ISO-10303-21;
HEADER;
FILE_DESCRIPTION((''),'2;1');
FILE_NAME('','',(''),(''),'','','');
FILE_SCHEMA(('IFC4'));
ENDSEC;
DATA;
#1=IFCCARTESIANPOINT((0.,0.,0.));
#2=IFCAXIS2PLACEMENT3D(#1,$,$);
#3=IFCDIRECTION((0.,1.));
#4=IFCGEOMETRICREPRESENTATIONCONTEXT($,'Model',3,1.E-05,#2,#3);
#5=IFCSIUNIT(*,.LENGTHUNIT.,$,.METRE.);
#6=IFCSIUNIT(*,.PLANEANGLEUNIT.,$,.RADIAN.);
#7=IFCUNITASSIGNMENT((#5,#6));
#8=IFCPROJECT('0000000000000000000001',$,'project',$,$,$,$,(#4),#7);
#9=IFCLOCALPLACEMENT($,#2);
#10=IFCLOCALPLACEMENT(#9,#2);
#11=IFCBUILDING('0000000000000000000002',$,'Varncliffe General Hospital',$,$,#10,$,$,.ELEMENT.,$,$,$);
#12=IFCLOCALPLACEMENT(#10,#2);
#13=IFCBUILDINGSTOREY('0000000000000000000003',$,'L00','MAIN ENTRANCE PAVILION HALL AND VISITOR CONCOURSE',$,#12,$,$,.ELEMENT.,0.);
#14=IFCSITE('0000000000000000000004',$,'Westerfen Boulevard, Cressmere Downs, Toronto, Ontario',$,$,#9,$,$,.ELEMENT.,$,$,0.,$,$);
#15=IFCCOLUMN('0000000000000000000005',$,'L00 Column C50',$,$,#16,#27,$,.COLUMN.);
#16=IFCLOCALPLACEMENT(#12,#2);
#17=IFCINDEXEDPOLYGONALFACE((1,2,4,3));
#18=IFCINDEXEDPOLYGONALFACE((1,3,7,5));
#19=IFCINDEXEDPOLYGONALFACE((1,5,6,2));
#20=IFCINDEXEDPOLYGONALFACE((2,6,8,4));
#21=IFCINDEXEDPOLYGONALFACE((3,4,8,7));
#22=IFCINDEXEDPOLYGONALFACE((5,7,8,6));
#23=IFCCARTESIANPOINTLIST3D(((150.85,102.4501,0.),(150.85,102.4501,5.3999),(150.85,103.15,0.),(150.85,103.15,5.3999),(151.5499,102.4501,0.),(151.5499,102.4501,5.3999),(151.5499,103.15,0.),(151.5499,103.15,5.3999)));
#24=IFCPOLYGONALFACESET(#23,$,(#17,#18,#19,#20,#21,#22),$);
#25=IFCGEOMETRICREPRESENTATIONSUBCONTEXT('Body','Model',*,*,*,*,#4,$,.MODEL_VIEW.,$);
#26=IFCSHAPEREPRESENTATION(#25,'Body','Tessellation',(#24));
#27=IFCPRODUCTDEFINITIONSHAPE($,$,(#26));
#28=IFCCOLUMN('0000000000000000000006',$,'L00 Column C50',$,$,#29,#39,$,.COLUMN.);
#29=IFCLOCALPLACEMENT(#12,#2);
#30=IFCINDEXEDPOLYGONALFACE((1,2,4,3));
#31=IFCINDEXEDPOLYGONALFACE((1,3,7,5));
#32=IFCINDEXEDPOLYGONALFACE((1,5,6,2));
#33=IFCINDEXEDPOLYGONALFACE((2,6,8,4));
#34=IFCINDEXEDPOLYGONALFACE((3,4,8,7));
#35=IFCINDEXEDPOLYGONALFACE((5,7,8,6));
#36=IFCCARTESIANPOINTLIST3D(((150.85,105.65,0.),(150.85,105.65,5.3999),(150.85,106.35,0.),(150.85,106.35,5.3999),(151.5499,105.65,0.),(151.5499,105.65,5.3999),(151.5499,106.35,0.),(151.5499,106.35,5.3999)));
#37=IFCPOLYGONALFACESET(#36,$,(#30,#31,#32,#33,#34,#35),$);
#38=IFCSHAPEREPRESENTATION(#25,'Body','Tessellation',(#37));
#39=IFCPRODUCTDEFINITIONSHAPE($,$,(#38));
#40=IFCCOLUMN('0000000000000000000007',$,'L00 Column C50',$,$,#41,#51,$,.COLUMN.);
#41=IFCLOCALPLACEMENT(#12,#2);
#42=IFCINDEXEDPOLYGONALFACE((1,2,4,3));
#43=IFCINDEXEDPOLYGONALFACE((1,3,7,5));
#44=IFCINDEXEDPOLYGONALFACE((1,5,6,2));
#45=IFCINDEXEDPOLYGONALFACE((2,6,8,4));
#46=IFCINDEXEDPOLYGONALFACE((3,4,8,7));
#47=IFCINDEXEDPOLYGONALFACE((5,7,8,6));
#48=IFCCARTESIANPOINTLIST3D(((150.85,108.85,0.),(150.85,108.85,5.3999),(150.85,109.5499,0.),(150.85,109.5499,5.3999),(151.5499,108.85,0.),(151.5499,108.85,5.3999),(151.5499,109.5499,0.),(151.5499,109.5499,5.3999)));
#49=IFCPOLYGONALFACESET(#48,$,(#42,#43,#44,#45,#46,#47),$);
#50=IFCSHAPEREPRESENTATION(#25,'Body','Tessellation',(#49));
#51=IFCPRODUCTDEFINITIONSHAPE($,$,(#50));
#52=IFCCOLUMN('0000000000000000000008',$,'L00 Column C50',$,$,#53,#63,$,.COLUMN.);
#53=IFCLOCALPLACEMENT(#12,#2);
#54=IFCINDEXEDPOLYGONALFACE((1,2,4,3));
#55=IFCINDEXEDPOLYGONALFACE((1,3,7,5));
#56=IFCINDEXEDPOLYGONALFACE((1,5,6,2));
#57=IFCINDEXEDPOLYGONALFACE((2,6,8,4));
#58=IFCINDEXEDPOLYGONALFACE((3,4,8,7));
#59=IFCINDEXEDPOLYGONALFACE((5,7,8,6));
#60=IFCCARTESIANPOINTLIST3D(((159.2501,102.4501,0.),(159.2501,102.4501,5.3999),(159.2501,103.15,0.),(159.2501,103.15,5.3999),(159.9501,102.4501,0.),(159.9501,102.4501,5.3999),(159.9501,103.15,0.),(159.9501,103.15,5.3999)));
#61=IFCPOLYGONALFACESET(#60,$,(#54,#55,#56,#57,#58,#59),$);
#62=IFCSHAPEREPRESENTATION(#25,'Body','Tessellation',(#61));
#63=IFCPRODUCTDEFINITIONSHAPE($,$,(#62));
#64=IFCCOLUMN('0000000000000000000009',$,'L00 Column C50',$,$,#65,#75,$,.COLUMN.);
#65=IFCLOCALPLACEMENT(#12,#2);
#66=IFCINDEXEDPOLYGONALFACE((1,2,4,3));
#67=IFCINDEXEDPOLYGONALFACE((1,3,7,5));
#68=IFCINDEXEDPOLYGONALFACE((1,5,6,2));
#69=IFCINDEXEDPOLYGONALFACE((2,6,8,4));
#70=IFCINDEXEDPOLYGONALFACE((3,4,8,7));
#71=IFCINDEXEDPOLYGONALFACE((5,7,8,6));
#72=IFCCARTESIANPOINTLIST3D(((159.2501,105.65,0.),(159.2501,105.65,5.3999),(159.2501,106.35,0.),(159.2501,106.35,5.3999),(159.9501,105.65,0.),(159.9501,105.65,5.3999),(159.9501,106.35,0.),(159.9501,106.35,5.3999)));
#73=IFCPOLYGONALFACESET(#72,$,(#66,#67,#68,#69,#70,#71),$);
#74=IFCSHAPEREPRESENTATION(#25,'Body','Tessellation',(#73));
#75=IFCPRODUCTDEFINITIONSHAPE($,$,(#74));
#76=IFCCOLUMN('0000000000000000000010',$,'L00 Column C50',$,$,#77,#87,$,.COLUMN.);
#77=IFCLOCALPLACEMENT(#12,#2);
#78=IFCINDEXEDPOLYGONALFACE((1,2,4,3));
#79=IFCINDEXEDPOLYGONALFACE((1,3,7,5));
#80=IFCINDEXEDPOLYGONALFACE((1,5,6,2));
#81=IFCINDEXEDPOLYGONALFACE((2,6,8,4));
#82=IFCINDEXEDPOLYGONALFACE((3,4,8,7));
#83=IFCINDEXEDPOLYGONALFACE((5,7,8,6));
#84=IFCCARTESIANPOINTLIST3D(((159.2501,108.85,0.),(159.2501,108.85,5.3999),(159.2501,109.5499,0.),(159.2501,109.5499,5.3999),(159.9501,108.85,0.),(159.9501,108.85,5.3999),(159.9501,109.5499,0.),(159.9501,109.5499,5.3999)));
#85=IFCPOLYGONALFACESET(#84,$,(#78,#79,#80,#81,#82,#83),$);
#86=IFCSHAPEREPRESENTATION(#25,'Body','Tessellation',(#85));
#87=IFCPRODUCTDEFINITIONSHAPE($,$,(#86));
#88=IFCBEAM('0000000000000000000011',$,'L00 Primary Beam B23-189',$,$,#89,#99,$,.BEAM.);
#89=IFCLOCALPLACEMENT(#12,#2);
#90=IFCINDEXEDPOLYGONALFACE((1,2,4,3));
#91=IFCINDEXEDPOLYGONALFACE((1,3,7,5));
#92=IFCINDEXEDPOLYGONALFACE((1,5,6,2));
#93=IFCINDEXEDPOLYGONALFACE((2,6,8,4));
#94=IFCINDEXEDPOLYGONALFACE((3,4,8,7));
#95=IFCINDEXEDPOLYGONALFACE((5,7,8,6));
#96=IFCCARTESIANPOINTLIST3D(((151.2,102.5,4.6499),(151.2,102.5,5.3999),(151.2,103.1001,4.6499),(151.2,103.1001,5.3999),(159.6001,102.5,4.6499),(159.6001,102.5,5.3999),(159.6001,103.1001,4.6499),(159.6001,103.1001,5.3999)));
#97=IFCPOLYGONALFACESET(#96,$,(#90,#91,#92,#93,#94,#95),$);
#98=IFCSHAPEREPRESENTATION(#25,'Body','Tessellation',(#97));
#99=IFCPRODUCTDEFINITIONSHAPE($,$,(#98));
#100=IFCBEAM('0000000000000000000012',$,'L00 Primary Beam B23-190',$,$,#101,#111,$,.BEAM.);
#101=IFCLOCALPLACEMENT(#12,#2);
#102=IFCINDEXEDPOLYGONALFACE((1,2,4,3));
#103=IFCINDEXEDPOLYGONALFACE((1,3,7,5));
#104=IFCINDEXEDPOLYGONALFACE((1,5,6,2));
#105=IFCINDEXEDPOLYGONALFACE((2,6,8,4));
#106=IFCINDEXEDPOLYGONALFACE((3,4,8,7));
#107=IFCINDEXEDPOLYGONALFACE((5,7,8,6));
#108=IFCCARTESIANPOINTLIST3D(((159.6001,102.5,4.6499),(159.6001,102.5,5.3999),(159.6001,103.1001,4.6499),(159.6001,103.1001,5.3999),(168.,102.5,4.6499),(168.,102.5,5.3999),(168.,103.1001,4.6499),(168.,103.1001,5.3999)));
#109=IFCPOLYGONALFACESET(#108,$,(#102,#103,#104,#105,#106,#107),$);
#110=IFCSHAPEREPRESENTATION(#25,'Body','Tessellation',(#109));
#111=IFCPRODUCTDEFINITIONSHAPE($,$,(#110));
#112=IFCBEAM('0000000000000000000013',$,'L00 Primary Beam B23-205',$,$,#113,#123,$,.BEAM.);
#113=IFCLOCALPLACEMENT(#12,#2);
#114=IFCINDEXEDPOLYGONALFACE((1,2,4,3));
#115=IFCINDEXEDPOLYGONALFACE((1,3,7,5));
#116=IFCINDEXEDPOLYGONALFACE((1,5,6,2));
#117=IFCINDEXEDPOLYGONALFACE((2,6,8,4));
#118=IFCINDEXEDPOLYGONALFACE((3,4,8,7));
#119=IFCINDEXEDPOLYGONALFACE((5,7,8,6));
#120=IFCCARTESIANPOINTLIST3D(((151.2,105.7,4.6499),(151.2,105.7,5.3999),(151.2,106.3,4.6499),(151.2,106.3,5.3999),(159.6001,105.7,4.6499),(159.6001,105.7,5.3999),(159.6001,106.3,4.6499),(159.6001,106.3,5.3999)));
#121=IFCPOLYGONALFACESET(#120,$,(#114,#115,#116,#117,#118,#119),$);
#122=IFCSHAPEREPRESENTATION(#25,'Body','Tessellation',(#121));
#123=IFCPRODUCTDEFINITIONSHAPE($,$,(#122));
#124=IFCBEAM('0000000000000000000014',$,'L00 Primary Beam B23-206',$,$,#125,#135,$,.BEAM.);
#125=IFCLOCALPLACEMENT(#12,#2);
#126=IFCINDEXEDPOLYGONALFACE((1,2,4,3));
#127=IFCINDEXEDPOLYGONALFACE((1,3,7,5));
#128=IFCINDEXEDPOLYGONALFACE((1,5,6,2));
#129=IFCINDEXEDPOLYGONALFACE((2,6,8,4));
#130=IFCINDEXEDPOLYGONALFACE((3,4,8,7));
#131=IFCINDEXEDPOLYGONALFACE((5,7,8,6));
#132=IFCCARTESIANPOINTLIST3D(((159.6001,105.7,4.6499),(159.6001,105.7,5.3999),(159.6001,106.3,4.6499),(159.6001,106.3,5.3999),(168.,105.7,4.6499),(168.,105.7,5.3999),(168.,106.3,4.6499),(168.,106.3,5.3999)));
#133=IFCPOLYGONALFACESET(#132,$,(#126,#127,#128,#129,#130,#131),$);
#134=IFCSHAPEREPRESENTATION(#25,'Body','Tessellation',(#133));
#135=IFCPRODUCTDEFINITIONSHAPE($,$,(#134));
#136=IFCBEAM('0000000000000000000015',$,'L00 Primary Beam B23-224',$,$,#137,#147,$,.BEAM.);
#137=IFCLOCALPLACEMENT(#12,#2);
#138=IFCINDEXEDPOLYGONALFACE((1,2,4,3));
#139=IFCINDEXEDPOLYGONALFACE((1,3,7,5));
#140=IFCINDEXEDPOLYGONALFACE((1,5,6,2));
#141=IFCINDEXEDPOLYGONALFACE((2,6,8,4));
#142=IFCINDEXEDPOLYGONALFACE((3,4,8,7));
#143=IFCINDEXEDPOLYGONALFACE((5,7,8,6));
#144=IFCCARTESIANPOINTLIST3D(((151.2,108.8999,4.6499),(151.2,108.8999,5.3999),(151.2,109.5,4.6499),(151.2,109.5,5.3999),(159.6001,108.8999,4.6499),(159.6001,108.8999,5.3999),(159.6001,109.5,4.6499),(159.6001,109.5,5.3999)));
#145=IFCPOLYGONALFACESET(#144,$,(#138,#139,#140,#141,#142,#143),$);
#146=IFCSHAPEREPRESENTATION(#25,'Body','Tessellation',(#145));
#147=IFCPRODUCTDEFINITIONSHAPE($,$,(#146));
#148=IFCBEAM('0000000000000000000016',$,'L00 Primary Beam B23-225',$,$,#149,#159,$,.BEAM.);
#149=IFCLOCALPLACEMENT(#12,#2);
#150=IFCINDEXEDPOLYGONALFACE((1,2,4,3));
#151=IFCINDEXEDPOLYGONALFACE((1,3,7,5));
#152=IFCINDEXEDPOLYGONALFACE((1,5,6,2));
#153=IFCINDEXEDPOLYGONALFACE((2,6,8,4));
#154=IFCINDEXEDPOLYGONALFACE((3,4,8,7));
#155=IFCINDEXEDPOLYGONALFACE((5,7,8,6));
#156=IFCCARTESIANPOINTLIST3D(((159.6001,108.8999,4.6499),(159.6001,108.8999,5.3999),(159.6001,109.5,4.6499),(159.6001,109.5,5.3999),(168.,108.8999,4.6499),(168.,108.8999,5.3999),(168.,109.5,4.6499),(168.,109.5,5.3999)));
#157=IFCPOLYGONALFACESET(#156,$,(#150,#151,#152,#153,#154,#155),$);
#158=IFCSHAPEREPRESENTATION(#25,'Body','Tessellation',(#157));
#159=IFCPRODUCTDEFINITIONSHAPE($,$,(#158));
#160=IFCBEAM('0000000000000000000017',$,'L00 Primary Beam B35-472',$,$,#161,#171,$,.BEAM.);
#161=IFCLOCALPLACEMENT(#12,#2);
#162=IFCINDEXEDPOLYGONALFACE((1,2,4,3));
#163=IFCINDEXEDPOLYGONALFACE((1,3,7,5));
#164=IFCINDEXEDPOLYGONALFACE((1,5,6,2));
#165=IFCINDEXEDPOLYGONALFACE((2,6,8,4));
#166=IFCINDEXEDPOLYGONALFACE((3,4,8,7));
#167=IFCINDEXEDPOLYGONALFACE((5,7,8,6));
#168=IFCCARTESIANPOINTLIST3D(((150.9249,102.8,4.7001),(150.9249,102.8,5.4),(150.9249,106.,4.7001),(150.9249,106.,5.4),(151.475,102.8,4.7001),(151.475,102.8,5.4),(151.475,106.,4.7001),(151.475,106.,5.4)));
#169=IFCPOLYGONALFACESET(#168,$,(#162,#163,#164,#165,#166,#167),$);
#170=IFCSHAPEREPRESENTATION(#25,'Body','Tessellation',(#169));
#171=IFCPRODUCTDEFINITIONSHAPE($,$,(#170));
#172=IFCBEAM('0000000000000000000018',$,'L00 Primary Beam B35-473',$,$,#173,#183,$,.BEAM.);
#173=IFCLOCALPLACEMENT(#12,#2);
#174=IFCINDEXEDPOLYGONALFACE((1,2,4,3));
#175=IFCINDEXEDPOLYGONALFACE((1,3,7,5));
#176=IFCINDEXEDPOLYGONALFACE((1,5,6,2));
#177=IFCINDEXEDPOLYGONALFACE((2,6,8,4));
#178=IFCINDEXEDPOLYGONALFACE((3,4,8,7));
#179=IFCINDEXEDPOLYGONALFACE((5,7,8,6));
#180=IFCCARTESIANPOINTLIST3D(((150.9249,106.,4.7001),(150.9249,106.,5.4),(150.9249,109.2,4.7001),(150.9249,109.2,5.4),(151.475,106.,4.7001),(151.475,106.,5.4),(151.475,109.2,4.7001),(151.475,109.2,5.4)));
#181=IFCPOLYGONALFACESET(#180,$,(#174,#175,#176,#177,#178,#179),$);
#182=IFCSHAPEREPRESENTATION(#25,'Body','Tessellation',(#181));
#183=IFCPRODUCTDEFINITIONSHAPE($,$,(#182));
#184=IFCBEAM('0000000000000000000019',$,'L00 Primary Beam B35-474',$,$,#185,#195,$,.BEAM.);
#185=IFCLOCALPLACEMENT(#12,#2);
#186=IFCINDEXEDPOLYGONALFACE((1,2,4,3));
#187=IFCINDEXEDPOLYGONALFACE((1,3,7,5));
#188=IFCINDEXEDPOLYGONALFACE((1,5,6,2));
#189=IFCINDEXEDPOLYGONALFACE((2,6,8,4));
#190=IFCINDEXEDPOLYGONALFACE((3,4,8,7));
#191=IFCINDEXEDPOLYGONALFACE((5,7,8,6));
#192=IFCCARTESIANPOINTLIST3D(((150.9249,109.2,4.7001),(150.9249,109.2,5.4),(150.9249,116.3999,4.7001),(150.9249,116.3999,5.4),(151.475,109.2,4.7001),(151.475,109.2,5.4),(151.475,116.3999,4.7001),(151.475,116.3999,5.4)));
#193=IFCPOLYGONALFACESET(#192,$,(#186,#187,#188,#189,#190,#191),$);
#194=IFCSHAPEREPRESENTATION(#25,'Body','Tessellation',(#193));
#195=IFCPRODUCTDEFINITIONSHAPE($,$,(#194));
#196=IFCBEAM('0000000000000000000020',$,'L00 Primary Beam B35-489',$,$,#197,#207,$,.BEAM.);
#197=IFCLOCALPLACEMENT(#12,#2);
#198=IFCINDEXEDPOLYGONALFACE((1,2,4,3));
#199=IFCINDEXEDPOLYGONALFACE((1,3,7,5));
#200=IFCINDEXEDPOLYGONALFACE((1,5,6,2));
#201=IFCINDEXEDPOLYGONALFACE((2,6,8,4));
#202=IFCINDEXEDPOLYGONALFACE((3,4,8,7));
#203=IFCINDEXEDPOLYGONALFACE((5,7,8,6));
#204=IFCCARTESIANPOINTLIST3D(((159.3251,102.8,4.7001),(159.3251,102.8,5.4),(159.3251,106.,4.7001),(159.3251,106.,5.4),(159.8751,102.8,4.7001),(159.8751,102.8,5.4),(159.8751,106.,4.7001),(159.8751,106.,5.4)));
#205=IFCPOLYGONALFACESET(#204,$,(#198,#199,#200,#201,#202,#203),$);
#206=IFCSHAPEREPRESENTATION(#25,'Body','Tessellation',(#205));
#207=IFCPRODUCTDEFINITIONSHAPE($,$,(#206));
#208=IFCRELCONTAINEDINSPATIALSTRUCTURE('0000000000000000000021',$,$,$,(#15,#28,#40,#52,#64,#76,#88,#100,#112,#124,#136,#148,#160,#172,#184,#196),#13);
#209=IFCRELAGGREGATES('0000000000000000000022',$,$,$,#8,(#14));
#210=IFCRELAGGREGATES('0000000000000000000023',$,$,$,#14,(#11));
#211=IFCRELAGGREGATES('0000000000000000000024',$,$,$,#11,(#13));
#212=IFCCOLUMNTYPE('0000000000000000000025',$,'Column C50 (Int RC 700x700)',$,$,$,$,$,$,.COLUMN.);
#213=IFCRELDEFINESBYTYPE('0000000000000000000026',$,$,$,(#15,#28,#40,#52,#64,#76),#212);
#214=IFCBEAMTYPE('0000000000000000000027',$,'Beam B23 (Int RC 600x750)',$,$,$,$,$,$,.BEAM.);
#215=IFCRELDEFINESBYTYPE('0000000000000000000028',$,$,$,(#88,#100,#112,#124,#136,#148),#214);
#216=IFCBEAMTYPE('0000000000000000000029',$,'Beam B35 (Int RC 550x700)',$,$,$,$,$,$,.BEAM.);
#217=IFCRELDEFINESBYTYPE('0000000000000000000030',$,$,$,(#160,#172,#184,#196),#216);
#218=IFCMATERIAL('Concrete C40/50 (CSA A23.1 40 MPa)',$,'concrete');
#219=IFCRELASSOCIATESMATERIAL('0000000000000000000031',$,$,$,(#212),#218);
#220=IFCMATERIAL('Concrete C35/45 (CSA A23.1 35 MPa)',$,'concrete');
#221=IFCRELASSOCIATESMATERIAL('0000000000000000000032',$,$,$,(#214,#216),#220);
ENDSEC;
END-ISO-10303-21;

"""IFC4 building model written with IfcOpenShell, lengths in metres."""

from ifc_helpers import new_model, si_unit, direction, frame, origin, origin_2d, place, context, subcontext, project, spatial, rectangle, extrude, material, material_profile, profile_set, type_object, element, save


model = new_model("IFC4")

# Units and contexts
model_context = context("Model", 3, precision=1e-05, world=origin(), true_north=direction((0.0, 1.0)))
body_context = subcontext(model_context, "Body", "Model", "MODEL_VIEW")
ifc_project = project(units=[si_unit("LENGTHUNIT", "METRE"), si_unit("PLANEANGLEUNIT", "RADIAN")], contexts=[model_context])

# Site, building, storey
site_placement = place(None, origin())
site = spatial("IfcSite", under=ifc_project, at=site_placement, Name="Westerfen Boulevard, Cressmere Downs, Toronto, Ontario", CompositionType="ELEMENT", RefElevation=0.0)
building_placement = place(site_placement, origin())
building = spatial("IfcBuilding", under=site, at=building_placement, Name="Varncliffe General Hospital", CompositionType="ELEMENT")
storey_placement = place(building_placement, origin())
storey = spatial("IfcBuildingStorey", under=building, at=storey_placement, Name="L00", Description="MAIN ENTRANCE PAVILION HALL AND VISITOR CONCOURSE", CompositionType="ELEMENT", Elevation=0.0)

# Columns
ifc_material_1 = material(Name="Concrete C40/50 (CSA A23.1 40 MPa)", Category="concrete")
ifc_material_profile_1 = material_profile(ifc_material_1, rectangle(XDim=0.7, YDim=0.7, at=origin_2d()), Name="RC 700x700")
ifc_profile_set_1 = profile_set([ifc_material_profile_1], Name="Concrete C40/50 (CSA A23.1 40 MPa)")
column_type = type_object("IfcColumnType", Name="Column C50 (Int RC 700x700)", PredefinedType="COLUMN", material=ifc_profile_set_1)
for number, where, z_axis, x_axis, name in (
    (1, (151.2, 102.8, 0.0), (0.0, 0.0, 1.0), (1.0, 0.0, 0.0), "L00 Column C50"),
    (2, (151.2, 106.0, 0.0), (0.0, 0.0, 1.0), (1.0, 0.0, 0.0), "L00 Column C50"),
    (3, (151.2, 109.2, 0.0), (0.0, 0.0, 1.0), (1.0, 0.0, 0.0), "L00 Column C50"),
    (4, (159.6001, 102.8, 0.0), (0.0, 0.0, 1.0), (1.0, 0.0, 0.0), "L00 Column C50"),
    (5, (159.6001, 106.0, 0.0), (0.0, 0.0, 1.0), (1.0, 0.0, 0.0), "L00 Column C50"),
    (6, (159.6001, 109.2, 0.0), (0.0, 0.0, 1.0), (1.0, 0.0, 0.0), "L00 Column C50"),
):
    element("IfcColumn", number, at=place(storey_placement, frame(where, z_axis=z_axis, x_axis=x_axis)), inside=storey, type_object=column_type, Name=name, PredefinedType="COLUMN", context=body_context, shape_type="SweptSolid", body=[
        extrude(rectangle(XDim=0.7, YDim=0.7, at=origin_2d()), origin(), (0.0, 0.0, 1.0), 5.3999),
    ])

# Beams
ifc_material_2 = material(Name="Concrete C35/45 (CSA A23.1 35 MPa)", Category="concrete")
ifc_material_profile_2 = material_profile(ifc_material_2, rectangle(XDim=0.6001, YDim=0.75, at=origin_2d()), Name="RC 600x750")
ifc_profile_set_2 = profile_set([ifc_material_profile_2], Name="Concrete C35/45 (CSA A23.1 35 MPa)")
beam_type_1 = type_object("IfcBeamType", Name="Beam B23 (Int RC 600x750)", PredefinedType="BEAM", material=ifc_profile_set_2)
beam_1_placement = place(storey_placement, frame((151.2, 102.8, 5.0249), z_axis=(1.0, 0.0, 0.0), x_axis=(0.0, 1.0, 0.0)))
element("IfcBeam", 7, at=beam_1_placement, inside=storey, type_object=beam_type_1, Name="L00 Primary Beam B23-189", PredefinedType="BEAM", context=body_context, shape_type="SweptSolid", body=[
    extrude(rectangle(XDim=0.6001, YDim=0.75, at=origin_2d()), origin(), (0.0, 0.0, 1.0), 8.4001),
])
beam_2_placement = place(storey_placement, frame((159.6001, 102.8, 5.0249), z_axis=(1.0, 0.0, 0.0), x_axis=(0.0, 1.0, 0.0)))
element("IfcBeam", 8, at=beam_2_placement, inside=storey, type_object=beam_type_1, Name="L00 Primary Beam B23-190", PredefinedType="BEAM", context=body_context, shape_type="SweptSolid", body=[
    extrude(rectangle(XDim=0.6001, YDim=0.75, at=origin_2d()), origin(), (0.0, 0.0, 1.0), 8.3999),
])
beam_3_placement = place(storey_placement, frame((151.2, 106.0, 5.0249), z_axis=(1.0, 0.0, 0.0), x_axis=(0.0, 1.0, 0.0)))
element("IfcBeam", 9, at=beam_3_placement, inside=storey, type_object=beam_type_1, Name="L00 Primary Beam B23-205", PredefinedType="BEAM", context=body_context, shape_type="SweptSolid", body=[
    extrude(rectangle(XDim=0.6001, YDim=0.75, at=origin_2d()), origin(), (0.0, 0.0, 1.0), 8.4001),
])
beam_4_placement = place(storey_placement, frame((159.6001, 106.0, 5.0249), z_axis=(1.0, 0.0, 0.0), x_axis=(0.0, 1.0, 0.0)))
element("IfcBeam", 10, at=beam_4_placement, inside=storey, type_object=beam_type_1, Name="L00 Primary Beam B23-206", PredefinedType="BEAM", context=body_context, shape_type="SweptSolid", body=[
    extrude(rectangle(XDim=0.6001, YDim=0.75, at=origin_2d()), origin(), (0.0, 0.0, 1.0), 8.3999),
])
beam_5_placement = place(storey_placement, frame((151.2, 109.2, 5.0249), z_axis=(1.0, 0.0, 0.0), x_axis=(0.0, 1.0, 0.0)))
element("IfcBeam", 11, at=beam_5_placement, inside=storey, type_object=beam_type_1, Name="L00 Primary Beam B23-224", PredefinedType="BEAM", context=body_context, shape_type="SweptSolid", body=[
    extrude(rectangle(XDim=0.6001, YDim=0.75, at=origin_2d()), origin(), (0.0, 0.0, 1.0), 8.4001),
])
beam_6_placement = place(storey_placement, frame((159.6001, 109.2, 5.0249), z_axis=(1.0, 0.0, 0.0), x_axis=(0.0, 1.0, 0.0)))
element("IfcBeam", 12, at=beam_6_placement, inside=storey, type_object=beam_type_1, Name="L00 Primary Beam B23-225", PredefinedType="BEAM", context=body_context, shape_type="SweptSolid", body=[
    extrude(rectangle(XDim=0.6001, YDim=0.75, at=origin_2d()), origin(), (0.0, 0.0, 1.0), 8.3999),
])
ifc_material_profile_3 = material_profile(ifc_material_2, rectangle(XDim=0.55, YDim=0.7, at=origin_2d()), Name="RC 550x700")
ifc_profile_set_3 = profile_set([ifc_material_profile_3], Name="Concrete C35/45 (CSA A23.1 35 MPa)")
beam_type_2 = type_object("IfcBeamType", Name="Beam B35 (Int RC 550x700)", PredefinedType="BEAM", material=ifc_profile_set_3)
for number, where, z_axis, x_axis, name in (
    (13, (151.2, 102.8, 5.05), (0.0, 1.0, 0.0), (-1.0, 0.0, 0.0), "L00 Primary Beam B35-472"),
    (14, (151.2, 106.0, 5.05), (0.0, 1.0, 0.0), (-1.0, 0.0, 0.0), "L00 Primary Beam B35-473"),
):
    element("IfcBeam", number, at=place(storey_placement, frame(where, z_axis=z_axis, x_axis=x_axis)), inside=storey, type_object=beam_type_2, Name=name, PredefinedType="BEAM", context=body_context, shape_type="SweptSolid", body=[
        extrude(rectangle(XDim=0.55, YDim=0.7, at=origin_2d()), origin(), (0.0, 0.0, 1.0), 3.2),
    ])
beam_7_placement = place(storey_placement, frame((151.2, 109.2, 5.05), z_axis=(0.0, 1.0, 0.0), x_axis=(-1.0, 0.0, 0.0)))
element("IfcBeam", 15, at=beam_7_placement, inside=storey, type_object=beam_type_2, Name="L00 Primary Beam B35-474", PredefinedType="BEAM", context=body_context, shape_type="SweptSolid", body=[
    extrude(rectangle(XDim=0.55, YDim=0.7, at=origin_2d()), origin(), (0.0, 0.0, 1.0), 7.2),
])
for number, where, z_axis, x_axis, name in (
    (16, (159.6001, 102.8, 5.05), (0.0, 1.0, 0.0), (-1.0, 0.0, 0.0), "L00 Primary Beam B35-489"),
):
    element("IfcBeam", number, at=place(storey_placement, frame(where, z_axis=z_axis, x_axis=x_axis)), inside=storey, type_object=beam_type_2, Name=name, PredefinedType="BEAM", context=body_context, shape_type="SweptSolid", body=[
        extrude(rectangle(XDim=0.55, YDim=0.7, at=origin_2d()), origin(), (0.0, 0.0, 1.0), 3.2),
    ])

save(model, "model.ifc")
